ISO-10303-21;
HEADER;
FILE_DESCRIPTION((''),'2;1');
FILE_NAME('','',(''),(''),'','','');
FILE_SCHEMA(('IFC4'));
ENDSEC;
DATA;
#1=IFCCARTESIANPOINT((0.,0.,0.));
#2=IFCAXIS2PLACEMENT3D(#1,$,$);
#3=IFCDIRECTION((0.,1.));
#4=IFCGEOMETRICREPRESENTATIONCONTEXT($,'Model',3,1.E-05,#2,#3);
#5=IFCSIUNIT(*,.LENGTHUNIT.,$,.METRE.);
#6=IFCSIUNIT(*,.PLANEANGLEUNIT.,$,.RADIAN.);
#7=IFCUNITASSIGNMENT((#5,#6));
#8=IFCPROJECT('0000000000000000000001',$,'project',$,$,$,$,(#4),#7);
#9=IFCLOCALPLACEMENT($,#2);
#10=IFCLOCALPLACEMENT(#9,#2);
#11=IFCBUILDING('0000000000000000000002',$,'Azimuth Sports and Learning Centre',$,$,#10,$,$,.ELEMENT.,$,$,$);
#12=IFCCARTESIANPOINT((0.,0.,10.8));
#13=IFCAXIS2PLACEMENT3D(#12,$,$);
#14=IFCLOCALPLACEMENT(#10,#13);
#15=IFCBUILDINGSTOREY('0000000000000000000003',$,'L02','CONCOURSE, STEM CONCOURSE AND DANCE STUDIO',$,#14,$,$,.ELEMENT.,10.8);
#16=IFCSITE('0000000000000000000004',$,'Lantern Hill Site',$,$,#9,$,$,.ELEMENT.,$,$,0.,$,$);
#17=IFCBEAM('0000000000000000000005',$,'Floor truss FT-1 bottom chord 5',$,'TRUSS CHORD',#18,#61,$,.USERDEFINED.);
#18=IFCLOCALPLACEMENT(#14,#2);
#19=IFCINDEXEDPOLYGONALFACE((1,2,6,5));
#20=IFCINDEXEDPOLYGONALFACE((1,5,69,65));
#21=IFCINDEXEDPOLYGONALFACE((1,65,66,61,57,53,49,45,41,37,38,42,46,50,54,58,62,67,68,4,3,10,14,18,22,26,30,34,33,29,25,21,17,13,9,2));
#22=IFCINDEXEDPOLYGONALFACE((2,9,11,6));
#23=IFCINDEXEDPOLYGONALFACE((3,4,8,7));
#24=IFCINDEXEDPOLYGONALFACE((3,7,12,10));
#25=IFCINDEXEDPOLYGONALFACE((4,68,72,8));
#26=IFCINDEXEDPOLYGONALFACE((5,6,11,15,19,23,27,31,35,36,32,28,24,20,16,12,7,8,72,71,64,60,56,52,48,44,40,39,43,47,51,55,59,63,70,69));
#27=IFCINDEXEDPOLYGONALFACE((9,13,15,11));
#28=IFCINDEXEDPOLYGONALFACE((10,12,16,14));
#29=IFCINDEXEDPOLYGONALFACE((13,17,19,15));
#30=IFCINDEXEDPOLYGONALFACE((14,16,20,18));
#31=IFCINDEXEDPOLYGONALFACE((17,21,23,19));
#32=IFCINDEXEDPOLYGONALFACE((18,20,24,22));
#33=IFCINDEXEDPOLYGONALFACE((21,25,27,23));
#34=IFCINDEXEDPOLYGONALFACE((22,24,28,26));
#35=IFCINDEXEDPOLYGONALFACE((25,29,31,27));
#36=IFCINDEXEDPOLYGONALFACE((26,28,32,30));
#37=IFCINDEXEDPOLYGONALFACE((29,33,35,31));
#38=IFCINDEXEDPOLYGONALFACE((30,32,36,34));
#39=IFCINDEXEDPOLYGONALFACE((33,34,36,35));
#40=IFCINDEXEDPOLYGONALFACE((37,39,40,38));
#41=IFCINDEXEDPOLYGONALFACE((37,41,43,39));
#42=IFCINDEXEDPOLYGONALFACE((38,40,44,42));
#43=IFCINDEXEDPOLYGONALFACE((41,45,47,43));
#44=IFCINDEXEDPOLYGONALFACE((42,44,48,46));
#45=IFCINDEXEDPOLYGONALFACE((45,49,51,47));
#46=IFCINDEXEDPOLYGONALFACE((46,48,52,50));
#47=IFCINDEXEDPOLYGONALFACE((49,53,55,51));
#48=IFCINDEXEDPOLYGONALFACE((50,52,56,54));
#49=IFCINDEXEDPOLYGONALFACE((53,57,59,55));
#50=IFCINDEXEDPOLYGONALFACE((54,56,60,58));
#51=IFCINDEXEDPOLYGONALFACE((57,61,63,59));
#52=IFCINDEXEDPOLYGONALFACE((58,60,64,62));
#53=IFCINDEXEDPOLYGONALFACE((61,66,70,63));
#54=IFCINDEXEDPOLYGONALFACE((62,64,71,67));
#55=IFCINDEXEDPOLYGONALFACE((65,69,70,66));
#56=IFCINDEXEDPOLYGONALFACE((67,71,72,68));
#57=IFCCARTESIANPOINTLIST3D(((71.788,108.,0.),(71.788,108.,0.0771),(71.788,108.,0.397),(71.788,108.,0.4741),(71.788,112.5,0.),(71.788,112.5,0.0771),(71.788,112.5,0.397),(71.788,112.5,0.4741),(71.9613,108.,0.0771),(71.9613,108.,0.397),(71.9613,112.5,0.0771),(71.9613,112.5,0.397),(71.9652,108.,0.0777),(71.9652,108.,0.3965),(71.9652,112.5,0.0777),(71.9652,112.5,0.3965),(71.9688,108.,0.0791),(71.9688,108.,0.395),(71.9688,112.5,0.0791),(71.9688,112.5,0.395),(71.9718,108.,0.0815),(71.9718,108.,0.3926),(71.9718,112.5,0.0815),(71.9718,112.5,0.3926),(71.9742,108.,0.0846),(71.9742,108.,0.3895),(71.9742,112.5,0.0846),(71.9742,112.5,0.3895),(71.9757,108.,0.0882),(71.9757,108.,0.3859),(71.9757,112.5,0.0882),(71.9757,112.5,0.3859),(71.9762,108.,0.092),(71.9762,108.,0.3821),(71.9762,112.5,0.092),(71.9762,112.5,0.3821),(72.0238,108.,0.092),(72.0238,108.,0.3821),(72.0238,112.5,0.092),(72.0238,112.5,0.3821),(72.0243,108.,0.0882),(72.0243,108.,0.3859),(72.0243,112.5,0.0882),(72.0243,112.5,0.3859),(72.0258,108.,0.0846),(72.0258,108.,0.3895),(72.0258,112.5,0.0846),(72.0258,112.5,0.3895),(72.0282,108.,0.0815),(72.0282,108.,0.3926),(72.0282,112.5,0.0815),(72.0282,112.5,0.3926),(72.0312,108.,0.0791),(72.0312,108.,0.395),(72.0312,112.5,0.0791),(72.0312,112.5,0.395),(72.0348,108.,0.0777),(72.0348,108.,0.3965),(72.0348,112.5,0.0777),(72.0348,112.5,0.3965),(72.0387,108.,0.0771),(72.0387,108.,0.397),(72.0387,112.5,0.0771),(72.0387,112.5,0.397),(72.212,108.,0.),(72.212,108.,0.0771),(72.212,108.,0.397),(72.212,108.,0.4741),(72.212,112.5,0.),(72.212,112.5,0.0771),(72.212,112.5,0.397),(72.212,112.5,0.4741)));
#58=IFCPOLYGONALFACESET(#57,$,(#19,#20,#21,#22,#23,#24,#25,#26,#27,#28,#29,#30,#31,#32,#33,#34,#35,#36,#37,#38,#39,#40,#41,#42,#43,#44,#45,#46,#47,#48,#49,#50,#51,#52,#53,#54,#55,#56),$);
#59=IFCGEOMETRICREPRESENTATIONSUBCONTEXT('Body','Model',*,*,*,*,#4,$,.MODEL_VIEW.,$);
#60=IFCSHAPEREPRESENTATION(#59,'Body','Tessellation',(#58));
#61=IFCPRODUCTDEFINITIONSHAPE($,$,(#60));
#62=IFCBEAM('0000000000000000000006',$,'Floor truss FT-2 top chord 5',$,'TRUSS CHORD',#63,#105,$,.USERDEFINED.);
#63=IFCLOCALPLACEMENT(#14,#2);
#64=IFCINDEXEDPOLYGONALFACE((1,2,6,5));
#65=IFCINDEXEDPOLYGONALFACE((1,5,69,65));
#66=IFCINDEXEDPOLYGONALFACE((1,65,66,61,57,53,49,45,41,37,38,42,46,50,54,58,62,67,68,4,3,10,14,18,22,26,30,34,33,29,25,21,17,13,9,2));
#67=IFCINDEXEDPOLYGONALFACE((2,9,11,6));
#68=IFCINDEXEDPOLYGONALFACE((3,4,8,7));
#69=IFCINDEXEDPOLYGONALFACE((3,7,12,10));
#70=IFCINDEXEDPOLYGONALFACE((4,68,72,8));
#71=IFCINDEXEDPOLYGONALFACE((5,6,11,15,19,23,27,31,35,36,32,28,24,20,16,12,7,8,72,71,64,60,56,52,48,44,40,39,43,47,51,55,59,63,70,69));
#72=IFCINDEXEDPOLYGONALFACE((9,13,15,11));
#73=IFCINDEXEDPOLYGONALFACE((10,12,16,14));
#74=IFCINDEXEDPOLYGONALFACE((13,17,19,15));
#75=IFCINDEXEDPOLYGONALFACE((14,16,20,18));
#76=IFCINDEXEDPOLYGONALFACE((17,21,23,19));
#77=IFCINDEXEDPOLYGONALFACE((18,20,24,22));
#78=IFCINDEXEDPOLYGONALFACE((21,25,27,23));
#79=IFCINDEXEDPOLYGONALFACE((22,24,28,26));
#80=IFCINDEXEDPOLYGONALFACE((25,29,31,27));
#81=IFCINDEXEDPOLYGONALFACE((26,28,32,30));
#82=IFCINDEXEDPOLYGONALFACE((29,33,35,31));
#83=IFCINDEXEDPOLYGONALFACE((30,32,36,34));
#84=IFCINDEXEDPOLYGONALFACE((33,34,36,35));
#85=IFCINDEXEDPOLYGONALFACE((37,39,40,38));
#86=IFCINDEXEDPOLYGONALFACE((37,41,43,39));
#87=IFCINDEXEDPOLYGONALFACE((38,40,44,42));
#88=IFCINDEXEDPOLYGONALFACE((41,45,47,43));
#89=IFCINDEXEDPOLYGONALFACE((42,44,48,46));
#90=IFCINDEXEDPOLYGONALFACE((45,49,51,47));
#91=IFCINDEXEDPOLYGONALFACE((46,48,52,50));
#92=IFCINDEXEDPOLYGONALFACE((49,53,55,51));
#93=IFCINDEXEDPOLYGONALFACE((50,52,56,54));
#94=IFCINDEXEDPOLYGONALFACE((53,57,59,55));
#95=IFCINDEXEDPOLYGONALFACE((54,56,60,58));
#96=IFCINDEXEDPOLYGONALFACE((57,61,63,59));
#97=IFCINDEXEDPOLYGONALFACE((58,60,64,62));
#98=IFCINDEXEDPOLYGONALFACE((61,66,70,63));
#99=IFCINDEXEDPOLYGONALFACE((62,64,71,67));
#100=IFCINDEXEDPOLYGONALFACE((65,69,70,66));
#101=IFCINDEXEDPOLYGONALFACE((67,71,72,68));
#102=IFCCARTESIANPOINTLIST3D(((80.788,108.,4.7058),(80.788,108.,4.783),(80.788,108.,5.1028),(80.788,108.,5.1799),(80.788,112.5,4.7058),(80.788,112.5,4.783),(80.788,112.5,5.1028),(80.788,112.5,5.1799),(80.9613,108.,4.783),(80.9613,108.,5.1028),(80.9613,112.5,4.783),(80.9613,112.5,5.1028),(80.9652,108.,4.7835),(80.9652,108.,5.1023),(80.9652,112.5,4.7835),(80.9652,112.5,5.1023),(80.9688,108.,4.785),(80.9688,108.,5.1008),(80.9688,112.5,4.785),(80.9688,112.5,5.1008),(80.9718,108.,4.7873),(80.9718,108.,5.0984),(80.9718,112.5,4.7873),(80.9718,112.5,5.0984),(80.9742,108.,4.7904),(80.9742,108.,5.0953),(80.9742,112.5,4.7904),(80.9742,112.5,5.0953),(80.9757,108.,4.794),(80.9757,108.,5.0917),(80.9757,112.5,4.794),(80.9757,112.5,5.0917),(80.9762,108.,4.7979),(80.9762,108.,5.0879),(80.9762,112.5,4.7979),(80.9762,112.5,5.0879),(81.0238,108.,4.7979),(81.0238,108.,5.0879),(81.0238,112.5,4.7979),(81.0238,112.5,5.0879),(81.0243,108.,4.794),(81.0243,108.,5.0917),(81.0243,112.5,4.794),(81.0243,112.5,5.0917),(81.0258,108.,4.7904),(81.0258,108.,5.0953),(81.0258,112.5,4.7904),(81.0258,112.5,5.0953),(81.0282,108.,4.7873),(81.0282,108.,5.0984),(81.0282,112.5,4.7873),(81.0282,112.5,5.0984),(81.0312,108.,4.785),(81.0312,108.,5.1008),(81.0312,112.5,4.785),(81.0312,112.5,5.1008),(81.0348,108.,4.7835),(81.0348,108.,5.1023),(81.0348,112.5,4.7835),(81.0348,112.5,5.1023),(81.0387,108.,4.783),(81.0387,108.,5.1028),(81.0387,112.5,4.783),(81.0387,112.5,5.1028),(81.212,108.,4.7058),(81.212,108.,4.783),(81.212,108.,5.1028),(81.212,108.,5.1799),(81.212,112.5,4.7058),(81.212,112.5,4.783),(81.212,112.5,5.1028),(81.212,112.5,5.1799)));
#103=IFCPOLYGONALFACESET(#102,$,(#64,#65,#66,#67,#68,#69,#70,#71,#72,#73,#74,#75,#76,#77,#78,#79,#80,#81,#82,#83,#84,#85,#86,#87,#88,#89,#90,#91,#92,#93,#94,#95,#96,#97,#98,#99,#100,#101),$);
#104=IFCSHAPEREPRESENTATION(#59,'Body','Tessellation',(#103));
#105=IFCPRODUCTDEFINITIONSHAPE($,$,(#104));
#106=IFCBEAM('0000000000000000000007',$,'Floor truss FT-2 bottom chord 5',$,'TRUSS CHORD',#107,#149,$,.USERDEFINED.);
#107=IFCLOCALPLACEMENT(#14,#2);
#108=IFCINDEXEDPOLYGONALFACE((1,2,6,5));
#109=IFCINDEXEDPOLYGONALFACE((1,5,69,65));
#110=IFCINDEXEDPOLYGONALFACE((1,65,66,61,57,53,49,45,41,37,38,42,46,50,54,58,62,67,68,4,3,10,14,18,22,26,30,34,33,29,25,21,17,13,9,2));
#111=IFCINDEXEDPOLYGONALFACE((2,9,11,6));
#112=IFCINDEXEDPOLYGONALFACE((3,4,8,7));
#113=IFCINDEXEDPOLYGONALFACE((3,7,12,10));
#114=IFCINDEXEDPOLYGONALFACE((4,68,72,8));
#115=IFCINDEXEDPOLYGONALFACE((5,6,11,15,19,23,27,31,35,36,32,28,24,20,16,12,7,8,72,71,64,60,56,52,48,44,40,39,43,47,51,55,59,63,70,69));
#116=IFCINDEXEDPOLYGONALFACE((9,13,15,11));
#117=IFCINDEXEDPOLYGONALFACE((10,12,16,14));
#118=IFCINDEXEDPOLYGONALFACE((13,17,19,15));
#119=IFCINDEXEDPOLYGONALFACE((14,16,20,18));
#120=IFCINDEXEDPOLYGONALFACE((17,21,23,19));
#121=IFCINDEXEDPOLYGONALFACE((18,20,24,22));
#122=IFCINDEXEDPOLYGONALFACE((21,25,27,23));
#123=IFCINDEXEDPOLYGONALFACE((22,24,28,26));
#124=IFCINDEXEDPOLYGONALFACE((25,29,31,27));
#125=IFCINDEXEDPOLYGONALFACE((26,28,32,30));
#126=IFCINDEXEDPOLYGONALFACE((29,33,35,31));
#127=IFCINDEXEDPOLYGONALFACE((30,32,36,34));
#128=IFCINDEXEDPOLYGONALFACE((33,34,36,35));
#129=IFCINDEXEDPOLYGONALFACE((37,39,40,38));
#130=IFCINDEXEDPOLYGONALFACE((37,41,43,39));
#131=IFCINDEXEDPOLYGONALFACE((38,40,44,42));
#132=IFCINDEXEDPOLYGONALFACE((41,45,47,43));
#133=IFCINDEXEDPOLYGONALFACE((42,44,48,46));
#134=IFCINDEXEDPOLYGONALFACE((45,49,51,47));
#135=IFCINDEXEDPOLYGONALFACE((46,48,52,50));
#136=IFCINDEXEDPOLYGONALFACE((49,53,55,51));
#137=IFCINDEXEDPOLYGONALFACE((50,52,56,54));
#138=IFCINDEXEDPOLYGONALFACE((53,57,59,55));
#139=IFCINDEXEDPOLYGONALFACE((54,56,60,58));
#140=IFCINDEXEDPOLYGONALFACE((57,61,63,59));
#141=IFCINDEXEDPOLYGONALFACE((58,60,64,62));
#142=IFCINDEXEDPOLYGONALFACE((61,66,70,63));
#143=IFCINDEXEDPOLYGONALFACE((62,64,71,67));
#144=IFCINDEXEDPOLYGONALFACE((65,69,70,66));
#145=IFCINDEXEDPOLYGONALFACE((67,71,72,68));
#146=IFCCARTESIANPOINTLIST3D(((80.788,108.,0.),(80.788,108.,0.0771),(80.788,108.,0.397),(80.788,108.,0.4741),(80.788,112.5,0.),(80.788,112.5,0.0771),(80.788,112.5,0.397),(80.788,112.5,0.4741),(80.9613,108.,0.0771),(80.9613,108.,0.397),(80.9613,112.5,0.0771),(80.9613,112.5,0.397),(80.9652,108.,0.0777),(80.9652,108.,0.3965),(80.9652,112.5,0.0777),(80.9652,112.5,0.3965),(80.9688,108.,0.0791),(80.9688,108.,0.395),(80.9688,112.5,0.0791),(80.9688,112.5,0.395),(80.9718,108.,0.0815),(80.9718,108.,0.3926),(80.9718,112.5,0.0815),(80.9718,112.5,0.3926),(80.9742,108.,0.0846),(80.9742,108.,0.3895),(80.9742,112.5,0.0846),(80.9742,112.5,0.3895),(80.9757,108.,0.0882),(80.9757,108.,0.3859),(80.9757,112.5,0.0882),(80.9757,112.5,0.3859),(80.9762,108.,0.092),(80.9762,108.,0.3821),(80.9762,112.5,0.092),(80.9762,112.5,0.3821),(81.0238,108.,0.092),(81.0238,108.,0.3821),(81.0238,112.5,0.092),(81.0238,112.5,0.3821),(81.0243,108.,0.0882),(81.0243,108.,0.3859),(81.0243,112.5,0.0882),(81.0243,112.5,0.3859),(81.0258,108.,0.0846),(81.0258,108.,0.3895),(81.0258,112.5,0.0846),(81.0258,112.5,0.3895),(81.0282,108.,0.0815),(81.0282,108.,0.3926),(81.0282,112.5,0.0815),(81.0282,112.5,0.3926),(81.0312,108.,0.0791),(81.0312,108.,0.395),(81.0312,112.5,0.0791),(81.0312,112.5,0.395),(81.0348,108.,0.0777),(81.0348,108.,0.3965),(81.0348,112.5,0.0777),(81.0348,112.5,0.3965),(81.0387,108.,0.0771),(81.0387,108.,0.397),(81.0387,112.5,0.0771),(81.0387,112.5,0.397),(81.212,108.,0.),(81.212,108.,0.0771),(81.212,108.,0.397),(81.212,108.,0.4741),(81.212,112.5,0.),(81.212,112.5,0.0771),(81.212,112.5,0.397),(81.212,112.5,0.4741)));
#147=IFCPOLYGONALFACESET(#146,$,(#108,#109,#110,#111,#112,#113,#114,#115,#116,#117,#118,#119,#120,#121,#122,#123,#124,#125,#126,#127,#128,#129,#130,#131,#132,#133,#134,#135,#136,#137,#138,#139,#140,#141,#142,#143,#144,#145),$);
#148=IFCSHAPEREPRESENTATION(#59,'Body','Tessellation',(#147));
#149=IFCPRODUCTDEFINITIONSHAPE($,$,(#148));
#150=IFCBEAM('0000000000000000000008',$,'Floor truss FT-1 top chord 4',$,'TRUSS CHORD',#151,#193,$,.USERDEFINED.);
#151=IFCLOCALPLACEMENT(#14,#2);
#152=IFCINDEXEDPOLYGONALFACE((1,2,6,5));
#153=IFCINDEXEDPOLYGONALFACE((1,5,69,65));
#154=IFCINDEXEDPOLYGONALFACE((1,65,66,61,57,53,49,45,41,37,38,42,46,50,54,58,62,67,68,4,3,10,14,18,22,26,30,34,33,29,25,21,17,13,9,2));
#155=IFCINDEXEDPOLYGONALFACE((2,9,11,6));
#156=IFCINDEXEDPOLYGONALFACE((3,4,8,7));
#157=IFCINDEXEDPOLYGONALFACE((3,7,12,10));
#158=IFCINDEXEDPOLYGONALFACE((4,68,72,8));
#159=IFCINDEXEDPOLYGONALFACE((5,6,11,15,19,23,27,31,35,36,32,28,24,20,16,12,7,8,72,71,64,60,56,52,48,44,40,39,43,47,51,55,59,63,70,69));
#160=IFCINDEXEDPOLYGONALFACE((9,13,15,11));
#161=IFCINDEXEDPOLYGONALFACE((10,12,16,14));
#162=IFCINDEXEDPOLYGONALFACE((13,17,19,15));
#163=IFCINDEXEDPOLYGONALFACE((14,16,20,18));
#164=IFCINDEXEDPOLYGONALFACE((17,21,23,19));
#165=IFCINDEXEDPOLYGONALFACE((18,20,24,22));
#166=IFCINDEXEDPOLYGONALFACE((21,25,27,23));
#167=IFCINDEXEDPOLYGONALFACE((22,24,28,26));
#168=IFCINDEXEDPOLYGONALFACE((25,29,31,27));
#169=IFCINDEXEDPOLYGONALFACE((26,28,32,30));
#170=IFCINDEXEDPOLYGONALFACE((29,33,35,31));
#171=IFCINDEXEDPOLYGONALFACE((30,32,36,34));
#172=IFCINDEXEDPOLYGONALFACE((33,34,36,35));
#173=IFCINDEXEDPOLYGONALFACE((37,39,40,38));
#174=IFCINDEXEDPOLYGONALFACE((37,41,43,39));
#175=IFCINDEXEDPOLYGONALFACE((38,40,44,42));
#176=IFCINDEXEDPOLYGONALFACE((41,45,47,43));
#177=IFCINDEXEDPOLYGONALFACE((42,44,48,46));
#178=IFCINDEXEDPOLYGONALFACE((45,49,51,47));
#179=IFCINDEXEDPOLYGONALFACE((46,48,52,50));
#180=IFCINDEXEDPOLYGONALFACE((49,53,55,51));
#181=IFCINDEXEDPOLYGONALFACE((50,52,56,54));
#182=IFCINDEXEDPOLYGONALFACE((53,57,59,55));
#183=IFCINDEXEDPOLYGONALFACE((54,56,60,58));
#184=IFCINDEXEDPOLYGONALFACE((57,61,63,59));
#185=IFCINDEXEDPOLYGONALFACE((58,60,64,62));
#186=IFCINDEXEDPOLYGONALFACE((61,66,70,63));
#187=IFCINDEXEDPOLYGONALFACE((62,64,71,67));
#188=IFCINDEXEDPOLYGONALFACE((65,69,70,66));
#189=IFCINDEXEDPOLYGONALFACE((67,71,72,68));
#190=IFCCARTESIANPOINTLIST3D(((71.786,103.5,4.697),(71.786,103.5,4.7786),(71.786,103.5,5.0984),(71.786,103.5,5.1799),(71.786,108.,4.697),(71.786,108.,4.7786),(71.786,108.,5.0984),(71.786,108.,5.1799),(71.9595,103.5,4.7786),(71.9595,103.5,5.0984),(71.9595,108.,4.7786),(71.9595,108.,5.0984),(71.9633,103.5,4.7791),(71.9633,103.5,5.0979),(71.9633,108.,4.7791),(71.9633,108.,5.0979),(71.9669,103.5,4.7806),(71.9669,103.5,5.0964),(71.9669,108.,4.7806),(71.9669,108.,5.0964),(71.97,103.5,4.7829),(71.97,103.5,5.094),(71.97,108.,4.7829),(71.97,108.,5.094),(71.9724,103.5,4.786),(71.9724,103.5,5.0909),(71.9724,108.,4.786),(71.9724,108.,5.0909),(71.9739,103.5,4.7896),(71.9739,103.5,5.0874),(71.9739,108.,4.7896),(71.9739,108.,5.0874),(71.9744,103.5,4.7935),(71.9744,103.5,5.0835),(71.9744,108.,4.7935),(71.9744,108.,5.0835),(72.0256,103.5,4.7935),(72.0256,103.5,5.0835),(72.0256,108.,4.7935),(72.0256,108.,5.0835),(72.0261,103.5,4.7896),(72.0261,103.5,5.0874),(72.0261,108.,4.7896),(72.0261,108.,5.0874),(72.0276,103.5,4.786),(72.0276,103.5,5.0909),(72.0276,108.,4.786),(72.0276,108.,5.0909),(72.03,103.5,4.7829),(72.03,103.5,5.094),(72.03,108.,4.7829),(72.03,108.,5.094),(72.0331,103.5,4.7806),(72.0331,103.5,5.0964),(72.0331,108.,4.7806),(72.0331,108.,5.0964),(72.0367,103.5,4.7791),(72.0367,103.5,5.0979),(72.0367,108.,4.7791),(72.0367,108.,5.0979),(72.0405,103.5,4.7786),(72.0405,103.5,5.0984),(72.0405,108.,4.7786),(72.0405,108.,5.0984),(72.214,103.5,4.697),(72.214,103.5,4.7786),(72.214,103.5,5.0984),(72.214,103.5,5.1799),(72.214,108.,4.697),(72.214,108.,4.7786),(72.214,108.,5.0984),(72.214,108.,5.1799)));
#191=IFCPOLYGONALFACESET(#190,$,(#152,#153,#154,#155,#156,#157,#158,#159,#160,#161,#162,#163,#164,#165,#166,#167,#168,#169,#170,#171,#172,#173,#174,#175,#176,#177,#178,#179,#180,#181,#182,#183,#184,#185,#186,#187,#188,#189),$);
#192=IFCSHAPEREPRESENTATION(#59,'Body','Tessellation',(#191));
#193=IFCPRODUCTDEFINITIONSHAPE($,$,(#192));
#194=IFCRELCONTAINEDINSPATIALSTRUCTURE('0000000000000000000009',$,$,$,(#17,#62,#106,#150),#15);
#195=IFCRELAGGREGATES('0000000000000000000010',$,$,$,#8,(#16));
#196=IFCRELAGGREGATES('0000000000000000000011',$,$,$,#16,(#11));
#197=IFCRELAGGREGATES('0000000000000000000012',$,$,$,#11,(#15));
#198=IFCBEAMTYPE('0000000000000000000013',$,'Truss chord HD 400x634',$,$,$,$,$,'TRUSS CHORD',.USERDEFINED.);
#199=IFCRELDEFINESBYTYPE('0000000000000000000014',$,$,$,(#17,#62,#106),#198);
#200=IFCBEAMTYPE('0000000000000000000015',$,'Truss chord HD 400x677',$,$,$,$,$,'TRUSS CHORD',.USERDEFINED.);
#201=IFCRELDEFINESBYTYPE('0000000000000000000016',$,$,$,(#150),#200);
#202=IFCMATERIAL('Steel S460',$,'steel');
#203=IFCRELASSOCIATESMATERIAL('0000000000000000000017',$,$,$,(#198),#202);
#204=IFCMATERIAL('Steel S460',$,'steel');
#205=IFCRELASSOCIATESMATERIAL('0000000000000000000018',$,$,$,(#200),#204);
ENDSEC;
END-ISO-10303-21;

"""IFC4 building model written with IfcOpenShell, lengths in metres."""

from ifc_helpers import new_model, si_unit, direction, frame, origin, origin_2d, place, context, subcontext, project, spatial, i_section, extrude, material, material_profile, profile_set, type_object, element, save


model = new_model("IFC4")

# Units and contexts
model_context = context("Model", 3, precision=1e-05, world=origin(), true_north=direction((0.0, 1.0)))
body_context = subcontext(model_context, "Body", "Model", "MODEL_VIEW")
ifc_project = project(units=[si_unit("LENGTHUNIT", "METRE"), si_unit("PLANEANGLEUNIT", "RADIAN")], contexts=[model_context])

# Site, building, storey
site_placement = place(None, origin())
site = spatial("IfcSite", under=ifc_project, at=site_placement, Name="Lantern Hill Site", CompositionType="ELEMENT", RefElevation=0.0)
building_placement = place(site_placement, origin())
building = spatial("IfcBuilding", under=site, at=building_placement, Name="Azimuth Sports and Learning Centre", CompositionType="ELEMENT")
storey_placement = place(building_placement, frame((0.0, 0.0, 10.8)))
storey = spatial("IfcBuildingStorey", under=building, at=storey_placement, Name="L02", Description="CONCOURSE, STEM CONCOURSE AND DANCE STUDIO", CompositionType="ELEMENT", Elevation=10.8)

# Beams
ifc_material_1 = material(Name="Steel S460", Category="steel")
ifc_material_profile_1 = material_profile(ifc_material_1, i_section(OverallWidth=0.4241, OverallDepth=0.4741, WebThickness=0.0476, FlangeThickness=0.0771, FilletRadius=0.0149, at=origin_2d()), Name="HD 400x634")
ifc_profile_set_1 = profile_set([ifc_material_profile_1], Name="Steel S460")
beam_type_1 = type_object("IfcBeamType", Name="Truss chord HD 400x634", ElementType="TRUSS CHORD", PredefinedType="USERDEFINED", material=ifc_profile_set_1)
for number, where, z_axis, x_axis, name in (
    (1, (72.0, 108.0, 0.2371), (0.0, 1.0, 0.0), (-1.0, 0.0, 0.0), "Floor truss FT-1 bottom chord 5"),
    (2, (81.0, 108.0, 4.9429), (0.0, 1.0, 0.0), (-1.0, 0.0, 0.0), "Floor truss FT-2 top chord 5"),
    (3, (81.0, 108.0, 0.2371), (0.0, 1.0, 0.0), (-1.0, 0.0, 0.0), "Floor truss FT-2 bottom chord 5"),
):
    element("IfcBeam", number, at=place(storey_placement, frame(where, z_axis=z_axis, x_axis=x_axis)), inside=storey, type_object=beam_type_1, Name=name, ObjectType="TRUSS CHORD", PredefinedType="USERDEFINED", context=body_context, shape_type="SweptSolid", body=[
        extrude(i_section(OverallWidth=0.4241, OverallDepth=0.4741, WebThickness=0.0476, FlangeThickness=0.0771, FilletRadius=0.0149, at=origin_2d()), origin(), (0.0, 0.0, 1.0), 4.5),
    ])
ifc_material_2 = material(Name="Steel S460", Category="steel")
ifc_material_profile_2 = material_profile(ifc_material_2, i_section(OverallWidth=0.428, OverallDepth=0.4829, WebThickness=0.0513, FlangeThickness=0.0815, FilletRadius=0.0149, at=origin_2d()), Name="HD 400x677")
ifc_profile_set_2 = profile_set([ifc_material_profile_2], Name="Steel S460")
beam_type_2 = type_object("IfcBeamType", Name="Truss chord HD 400x677", ElementType="TRUSS CHORD", PredefinedType="USERDEFINED", material=ifc_profile_set_2)
for number, where, z_axis, x_axis, name in (
    (4, (72.0, 103.5, 4.9385), (0.0, 1.0, 0.0), (-1.0, 0.0, 0.0), "Floor truss FT-1 top chord 4"),
):
    element("IfcBeam", number, at=place(storey_placement, frame(where, z_axis=z_axis, x_axis=x_axis)), inside=storey, type_object=beam_type_2, Name=name, ObjectType="TRUSS CHORD", PredefinedType="USERDEFINED", context=body_context, shape_type="SweptSolid", body=[
        extrude(i_section(OverallWidth=0.428, OverallDepth=0.4829, WebThickness=0.0513, FlangeThickness=0.0815, FilletRadius=0.0149, at=origin_2d()), origin(), (0.0, 0.0, 1.0), 4.5),
    ])

save(model, "model.ifc")
